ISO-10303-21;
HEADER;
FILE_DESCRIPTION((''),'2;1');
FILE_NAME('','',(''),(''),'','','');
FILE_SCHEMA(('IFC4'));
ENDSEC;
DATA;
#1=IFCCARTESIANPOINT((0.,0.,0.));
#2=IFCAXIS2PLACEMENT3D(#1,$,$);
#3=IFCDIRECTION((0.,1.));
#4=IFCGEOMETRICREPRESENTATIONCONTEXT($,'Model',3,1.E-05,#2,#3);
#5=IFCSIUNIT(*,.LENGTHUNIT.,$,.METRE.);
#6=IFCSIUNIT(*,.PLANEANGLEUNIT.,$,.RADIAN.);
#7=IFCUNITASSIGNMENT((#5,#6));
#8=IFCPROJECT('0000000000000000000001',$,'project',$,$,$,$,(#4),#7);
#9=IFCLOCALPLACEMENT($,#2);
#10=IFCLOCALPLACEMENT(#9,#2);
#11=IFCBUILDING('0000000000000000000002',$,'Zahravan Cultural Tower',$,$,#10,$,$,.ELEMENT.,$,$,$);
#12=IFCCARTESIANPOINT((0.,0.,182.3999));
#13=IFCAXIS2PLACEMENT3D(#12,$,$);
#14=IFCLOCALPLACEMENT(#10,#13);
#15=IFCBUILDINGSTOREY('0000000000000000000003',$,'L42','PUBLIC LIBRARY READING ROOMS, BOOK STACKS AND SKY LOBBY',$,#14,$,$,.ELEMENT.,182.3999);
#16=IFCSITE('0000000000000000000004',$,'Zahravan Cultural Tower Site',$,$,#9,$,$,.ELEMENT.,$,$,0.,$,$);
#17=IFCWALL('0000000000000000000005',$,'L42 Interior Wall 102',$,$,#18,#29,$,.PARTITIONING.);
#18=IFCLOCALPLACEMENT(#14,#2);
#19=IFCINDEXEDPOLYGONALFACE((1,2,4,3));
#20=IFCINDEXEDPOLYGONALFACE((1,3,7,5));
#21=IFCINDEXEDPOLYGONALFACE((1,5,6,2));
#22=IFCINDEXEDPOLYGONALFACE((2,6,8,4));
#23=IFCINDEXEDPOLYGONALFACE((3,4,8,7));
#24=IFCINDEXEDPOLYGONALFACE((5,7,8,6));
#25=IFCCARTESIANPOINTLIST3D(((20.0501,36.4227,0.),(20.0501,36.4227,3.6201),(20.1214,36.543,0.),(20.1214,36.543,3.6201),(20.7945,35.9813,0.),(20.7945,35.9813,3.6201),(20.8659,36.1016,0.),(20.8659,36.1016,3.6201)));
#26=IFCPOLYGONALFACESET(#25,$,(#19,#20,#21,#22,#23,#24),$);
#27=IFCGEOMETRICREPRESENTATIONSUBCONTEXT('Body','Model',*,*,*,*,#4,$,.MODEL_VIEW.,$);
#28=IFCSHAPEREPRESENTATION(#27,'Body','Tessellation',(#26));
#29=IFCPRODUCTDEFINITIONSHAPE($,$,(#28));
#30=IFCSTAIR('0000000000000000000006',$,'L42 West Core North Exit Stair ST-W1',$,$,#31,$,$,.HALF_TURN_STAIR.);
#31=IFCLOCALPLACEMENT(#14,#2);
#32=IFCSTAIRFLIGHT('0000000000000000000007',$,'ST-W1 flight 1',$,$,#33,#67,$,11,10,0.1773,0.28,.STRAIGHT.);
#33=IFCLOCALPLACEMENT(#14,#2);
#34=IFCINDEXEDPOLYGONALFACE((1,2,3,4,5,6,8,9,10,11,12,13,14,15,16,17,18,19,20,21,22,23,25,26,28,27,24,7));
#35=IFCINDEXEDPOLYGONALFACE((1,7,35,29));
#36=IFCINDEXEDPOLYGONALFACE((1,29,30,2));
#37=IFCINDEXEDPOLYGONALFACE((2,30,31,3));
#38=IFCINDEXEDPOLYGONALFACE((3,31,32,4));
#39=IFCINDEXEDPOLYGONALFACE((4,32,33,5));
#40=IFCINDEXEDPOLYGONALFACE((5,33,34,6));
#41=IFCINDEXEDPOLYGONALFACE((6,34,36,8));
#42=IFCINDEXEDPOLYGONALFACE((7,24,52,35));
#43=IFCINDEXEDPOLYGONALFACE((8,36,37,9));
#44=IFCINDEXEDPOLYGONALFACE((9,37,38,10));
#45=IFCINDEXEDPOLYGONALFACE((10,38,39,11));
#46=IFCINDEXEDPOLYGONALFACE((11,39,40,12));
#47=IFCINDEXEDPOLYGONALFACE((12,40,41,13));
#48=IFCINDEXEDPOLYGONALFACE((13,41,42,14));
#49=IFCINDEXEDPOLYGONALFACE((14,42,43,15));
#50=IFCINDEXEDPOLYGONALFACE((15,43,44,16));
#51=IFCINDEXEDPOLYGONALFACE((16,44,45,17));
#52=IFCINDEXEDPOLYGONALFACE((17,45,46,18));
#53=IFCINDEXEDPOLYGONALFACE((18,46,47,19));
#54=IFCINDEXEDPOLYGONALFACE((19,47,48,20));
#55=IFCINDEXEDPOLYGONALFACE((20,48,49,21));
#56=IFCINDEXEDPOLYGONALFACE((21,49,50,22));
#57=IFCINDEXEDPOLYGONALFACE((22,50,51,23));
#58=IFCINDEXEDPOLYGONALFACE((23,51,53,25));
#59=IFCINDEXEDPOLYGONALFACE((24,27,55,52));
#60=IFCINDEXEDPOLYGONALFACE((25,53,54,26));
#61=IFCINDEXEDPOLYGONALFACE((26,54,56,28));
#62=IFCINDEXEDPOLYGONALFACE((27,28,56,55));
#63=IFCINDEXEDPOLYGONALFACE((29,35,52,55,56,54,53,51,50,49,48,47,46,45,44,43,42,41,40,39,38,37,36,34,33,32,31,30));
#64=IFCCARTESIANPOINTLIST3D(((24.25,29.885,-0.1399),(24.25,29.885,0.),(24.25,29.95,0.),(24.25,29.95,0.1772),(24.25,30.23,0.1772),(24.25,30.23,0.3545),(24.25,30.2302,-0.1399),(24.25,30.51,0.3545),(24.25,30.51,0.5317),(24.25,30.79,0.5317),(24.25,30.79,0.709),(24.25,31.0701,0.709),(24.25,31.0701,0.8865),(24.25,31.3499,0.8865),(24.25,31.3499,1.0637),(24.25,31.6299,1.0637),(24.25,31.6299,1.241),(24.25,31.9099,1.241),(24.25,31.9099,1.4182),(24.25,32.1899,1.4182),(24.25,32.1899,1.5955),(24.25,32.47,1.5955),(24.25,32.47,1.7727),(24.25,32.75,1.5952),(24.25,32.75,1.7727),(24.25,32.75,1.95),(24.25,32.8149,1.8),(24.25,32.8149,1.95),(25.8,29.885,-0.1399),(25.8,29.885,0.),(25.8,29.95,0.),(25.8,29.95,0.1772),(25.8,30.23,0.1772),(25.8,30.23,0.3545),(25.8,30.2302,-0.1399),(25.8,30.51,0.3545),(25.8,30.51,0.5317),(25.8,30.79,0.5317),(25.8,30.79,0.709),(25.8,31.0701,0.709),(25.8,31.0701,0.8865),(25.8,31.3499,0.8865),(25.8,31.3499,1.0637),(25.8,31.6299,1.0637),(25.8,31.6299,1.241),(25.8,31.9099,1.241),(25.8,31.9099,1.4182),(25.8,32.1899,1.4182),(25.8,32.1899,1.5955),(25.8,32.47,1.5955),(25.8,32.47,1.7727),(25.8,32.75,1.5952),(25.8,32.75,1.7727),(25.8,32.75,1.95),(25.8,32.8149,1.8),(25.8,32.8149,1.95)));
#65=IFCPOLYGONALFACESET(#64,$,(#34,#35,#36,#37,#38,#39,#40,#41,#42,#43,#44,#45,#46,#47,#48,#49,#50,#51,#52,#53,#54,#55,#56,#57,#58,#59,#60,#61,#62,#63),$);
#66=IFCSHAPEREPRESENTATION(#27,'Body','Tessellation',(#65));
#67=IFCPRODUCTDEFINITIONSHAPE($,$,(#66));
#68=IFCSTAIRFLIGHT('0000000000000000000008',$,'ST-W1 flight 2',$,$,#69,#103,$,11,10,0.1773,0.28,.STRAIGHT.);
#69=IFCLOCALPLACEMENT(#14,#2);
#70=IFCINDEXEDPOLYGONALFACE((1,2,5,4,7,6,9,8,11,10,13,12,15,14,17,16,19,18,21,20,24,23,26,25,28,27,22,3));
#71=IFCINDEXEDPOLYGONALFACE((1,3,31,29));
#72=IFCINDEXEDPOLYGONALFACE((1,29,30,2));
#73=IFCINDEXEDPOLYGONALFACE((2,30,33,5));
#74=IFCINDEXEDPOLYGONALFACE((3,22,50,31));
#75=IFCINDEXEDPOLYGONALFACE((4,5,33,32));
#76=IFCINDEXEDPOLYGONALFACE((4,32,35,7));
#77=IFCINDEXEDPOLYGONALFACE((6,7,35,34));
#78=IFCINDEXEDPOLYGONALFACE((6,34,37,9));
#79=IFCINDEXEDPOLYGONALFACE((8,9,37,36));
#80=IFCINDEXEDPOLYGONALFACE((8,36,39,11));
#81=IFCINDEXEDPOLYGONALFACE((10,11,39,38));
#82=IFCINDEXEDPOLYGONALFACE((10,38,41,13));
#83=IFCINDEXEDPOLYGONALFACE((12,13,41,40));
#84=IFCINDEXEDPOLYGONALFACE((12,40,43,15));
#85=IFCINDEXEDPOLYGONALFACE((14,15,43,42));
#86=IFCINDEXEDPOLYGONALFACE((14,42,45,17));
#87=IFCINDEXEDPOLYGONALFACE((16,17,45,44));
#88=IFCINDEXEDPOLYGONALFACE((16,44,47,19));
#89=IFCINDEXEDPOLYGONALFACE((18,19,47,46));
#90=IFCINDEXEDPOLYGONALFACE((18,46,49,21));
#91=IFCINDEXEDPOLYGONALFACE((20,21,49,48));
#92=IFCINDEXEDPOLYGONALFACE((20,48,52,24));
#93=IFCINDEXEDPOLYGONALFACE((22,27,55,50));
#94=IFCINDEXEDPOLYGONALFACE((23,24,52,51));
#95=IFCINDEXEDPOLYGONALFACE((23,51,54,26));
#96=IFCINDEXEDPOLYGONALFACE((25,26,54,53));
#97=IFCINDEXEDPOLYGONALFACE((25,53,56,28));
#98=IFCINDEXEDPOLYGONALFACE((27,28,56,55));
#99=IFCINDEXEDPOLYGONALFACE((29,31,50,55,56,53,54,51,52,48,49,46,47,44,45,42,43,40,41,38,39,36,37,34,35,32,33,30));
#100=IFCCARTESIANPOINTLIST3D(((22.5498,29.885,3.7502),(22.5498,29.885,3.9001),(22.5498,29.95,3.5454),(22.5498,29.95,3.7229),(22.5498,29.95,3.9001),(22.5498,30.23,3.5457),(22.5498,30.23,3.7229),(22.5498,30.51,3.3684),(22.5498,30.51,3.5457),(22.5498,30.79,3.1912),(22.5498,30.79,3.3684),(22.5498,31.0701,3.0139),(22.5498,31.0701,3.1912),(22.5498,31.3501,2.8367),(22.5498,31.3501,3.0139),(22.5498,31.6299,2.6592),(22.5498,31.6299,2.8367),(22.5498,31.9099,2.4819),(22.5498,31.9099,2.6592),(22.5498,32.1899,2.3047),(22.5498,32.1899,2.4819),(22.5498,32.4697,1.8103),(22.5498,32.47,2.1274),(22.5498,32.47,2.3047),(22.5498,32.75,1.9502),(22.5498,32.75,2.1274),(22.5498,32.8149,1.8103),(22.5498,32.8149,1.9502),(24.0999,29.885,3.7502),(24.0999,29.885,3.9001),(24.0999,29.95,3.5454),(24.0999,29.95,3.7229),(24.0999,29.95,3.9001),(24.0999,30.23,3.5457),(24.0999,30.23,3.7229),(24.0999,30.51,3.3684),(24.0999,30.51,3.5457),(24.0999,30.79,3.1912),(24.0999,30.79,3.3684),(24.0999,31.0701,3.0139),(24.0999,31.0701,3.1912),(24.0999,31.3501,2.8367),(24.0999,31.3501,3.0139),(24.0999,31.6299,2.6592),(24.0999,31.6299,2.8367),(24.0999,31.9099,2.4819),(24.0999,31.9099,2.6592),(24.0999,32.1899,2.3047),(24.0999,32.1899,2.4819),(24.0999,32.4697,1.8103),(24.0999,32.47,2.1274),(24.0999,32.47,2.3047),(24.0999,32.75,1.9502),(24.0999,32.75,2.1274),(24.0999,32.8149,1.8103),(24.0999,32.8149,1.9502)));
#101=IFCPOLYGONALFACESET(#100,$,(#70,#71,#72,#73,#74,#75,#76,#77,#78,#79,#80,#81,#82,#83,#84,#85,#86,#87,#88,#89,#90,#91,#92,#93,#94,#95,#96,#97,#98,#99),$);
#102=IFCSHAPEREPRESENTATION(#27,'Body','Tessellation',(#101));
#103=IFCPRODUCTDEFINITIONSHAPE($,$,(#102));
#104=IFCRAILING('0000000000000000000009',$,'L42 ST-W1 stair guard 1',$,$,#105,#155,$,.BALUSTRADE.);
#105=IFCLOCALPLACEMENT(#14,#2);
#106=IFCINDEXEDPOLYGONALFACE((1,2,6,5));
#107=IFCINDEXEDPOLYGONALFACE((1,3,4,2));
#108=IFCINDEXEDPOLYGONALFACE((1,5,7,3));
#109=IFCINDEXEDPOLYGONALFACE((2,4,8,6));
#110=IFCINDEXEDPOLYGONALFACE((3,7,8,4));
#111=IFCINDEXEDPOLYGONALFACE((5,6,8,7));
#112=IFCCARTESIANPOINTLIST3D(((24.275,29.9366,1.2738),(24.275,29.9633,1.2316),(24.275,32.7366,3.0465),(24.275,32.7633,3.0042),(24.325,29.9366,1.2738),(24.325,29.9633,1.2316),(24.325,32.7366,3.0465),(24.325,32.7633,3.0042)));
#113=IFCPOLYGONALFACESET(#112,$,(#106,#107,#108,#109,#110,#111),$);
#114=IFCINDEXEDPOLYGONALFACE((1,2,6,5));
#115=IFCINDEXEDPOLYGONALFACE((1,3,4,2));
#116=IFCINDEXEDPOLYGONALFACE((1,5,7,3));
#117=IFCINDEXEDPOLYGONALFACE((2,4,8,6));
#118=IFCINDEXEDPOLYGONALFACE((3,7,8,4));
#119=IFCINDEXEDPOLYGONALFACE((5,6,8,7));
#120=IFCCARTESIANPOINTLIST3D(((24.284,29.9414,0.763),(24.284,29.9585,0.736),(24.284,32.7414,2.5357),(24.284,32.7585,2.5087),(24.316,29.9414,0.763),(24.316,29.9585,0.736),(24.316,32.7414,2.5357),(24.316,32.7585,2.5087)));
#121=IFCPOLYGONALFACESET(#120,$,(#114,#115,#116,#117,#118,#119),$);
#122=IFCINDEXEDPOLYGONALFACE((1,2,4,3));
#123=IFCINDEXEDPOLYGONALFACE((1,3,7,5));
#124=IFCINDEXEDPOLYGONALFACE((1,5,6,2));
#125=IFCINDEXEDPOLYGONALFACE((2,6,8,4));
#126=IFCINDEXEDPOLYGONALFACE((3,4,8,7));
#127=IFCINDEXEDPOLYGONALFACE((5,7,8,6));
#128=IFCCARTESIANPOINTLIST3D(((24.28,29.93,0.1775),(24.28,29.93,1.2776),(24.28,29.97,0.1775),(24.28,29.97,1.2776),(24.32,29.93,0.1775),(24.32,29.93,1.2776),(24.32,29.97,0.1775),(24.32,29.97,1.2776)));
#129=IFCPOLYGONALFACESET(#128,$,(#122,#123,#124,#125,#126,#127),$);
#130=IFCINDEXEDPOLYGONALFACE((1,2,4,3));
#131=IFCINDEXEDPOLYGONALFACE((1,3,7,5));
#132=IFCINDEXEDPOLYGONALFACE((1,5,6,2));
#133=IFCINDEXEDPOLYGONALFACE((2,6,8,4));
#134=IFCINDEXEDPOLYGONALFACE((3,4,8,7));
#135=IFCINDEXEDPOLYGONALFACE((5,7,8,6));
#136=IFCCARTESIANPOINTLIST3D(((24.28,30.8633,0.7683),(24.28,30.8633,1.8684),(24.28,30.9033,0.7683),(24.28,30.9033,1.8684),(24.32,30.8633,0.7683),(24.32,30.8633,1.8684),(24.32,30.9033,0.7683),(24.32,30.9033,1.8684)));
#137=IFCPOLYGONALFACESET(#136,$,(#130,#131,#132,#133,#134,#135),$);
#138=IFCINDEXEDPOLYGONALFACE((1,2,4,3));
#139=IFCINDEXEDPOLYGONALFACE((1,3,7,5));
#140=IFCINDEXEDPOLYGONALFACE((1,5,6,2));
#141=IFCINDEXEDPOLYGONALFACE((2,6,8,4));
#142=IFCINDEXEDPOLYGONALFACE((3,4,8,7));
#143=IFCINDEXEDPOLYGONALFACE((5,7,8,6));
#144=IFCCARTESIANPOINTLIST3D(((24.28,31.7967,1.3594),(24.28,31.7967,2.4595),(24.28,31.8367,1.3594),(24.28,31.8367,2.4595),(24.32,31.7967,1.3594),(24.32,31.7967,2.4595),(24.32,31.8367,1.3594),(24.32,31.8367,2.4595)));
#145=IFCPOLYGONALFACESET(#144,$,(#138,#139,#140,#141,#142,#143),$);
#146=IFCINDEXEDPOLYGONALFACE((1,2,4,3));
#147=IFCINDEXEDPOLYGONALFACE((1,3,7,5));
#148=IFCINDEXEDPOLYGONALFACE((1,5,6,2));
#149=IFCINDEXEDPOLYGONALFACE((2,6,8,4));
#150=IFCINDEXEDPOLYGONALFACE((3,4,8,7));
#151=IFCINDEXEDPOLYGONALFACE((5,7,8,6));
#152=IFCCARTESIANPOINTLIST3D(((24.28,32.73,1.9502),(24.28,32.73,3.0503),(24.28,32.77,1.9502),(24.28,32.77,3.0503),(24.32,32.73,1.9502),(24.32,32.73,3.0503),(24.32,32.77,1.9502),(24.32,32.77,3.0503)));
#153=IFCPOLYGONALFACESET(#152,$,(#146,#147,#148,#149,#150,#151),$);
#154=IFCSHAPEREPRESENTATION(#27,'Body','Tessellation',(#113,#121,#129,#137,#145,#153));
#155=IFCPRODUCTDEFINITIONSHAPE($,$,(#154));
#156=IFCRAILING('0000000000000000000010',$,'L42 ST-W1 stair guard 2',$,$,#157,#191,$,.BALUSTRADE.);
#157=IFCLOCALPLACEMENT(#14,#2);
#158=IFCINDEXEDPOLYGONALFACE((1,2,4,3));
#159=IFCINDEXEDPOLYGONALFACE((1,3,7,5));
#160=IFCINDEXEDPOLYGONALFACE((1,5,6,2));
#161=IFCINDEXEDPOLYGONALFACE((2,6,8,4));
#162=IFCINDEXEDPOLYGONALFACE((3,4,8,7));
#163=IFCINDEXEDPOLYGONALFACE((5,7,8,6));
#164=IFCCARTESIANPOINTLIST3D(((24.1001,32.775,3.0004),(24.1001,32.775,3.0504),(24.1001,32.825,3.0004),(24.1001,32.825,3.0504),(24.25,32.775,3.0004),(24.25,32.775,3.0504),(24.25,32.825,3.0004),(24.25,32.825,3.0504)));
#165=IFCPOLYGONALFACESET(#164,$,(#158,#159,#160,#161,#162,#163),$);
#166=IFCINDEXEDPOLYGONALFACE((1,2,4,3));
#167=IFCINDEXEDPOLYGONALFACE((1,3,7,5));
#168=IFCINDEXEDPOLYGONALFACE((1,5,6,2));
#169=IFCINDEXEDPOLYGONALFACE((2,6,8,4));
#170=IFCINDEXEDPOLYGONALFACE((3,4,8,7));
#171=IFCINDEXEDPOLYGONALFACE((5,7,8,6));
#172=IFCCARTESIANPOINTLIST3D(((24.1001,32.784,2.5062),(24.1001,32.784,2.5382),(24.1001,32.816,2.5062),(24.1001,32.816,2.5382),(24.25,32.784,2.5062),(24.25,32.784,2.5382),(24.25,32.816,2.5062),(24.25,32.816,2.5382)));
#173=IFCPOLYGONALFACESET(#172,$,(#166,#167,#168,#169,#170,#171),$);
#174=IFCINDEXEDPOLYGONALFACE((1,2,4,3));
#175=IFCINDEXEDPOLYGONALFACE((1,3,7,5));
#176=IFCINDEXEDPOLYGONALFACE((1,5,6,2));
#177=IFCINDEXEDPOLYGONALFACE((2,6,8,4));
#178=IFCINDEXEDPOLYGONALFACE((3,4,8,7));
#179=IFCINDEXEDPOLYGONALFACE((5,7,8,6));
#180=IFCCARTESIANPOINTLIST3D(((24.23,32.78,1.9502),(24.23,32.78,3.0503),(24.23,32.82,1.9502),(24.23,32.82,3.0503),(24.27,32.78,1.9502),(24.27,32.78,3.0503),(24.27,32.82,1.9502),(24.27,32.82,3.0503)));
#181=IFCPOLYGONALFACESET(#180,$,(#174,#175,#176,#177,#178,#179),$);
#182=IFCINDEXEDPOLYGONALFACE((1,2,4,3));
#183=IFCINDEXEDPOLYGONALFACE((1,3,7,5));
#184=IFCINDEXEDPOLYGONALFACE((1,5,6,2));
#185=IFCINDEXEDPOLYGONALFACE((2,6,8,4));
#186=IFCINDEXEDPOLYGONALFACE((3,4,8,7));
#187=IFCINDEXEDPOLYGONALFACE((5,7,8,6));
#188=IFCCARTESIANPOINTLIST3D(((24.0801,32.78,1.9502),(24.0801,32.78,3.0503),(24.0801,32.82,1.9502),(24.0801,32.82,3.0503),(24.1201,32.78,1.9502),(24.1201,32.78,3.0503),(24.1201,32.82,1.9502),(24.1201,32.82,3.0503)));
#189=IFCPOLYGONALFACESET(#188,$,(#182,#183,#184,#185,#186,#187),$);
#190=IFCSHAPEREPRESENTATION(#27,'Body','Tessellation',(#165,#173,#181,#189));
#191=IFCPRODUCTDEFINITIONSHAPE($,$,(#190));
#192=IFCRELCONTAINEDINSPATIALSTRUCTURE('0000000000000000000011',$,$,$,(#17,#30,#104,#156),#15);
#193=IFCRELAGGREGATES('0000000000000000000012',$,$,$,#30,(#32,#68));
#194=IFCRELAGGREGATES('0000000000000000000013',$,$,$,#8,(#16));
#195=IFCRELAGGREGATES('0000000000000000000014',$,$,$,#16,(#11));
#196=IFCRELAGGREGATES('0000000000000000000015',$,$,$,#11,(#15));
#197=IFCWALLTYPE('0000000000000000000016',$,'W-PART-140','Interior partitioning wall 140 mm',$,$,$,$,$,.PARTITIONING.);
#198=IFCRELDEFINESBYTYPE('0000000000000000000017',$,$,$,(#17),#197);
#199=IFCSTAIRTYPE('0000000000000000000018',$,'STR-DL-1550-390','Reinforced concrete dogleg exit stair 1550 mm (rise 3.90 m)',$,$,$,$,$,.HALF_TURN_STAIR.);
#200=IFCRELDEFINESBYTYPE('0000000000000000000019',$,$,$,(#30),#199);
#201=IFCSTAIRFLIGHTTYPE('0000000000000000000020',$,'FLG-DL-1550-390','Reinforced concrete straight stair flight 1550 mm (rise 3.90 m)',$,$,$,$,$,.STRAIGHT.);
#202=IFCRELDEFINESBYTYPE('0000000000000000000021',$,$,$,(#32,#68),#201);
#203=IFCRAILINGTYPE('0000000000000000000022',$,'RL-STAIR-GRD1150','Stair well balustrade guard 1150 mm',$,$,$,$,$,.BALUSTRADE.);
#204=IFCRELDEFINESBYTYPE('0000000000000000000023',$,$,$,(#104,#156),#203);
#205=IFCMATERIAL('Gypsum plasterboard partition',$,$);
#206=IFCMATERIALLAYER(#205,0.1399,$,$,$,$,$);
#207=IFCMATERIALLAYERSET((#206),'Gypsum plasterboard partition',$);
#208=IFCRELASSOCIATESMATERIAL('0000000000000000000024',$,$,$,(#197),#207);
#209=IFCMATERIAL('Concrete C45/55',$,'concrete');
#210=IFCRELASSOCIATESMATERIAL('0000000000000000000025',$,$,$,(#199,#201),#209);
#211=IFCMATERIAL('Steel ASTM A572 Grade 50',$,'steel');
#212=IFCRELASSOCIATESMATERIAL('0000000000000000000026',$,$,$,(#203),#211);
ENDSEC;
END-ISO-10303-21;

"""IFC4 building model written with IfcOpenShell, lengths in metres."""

from ifc_helpers import new_model, si_unit, direction, frame, frame_2d, origin, origin_2d, place, context, subcontext, project, spatial, polyline, rectangle, outline, extrude, source, transform, mapped, material, layer, layer_set, type_object, element, aggregate, save


model = new_model("IFC4")

# Units and contexts
model_context = context("Model", 3, precision=1e-05, world=origin(), true_north=direction((0.0, 1.0)))
body_context = subcontext(model_context, "Body", "Model", "MODEL_VIEW")
ifc_project = project(units=[si_unit("LENGTHUNIT", "METRE"), si_unit("PLANEANGLEUNIT", "RADIAN")], contexts=[model_context])

# Site, building, storey
site_placement = place(None, origin())
site = spatial("IfcSite", under=ifc_project, at=site_placement, Name="Zahravan Cultural Tower Site", CompositionType="ELEMENT", RefElevation=0.0)
building_placement = place(site_placement, origin())
building = spatial("IfcBuilding", under=site, at=building_placement, Name="Zahravan Cultural Tower", CompositionType="ELEMENT")
storey_placement = place(building_placement, frame((0.0, 0.0, 182.3999)))
storey = spatial("IfcBuildingStorey", under=building, at=storey_placement, Name="L42", Description="PUBLIC LIBRARY READING ROOMS, BOOK STACKS AND SKY LOBBY", CompositionType="ELEMENT", Elevation=182.3999)

# Wall
ifc_material_1 = material(Name="Concrete C45/55", Category="concrete")
ifc_material_2 = material(Name="Gypsum plasterboard partition")
ifc_layer_1 = layer(ifc_material_2, 0.1399)
ifc_layer_set_1 = layer_set([ifc_layer_1], Name="Gypsum plasterboard partition")
wall_type_1 = type_object("IfcWallType", Name="W-PART-140", Description="Interior partitioning wall 140 mm", PredefinedType="PARTITIONING", material=ifc_layer_set_1)
shared_shape_1 = source(origin(), body_context, "Body", "SweptSolid", [
    extrude(rectangle(XDim=0.8655, YDim=0.1399, at=frame_2d((0.4326, 0.0))), origin(), (0.0, 0.0, 1.0), 3.6201),
])
wall_1_placement = place(storey_placement, frame((20.8301, 36.0415, 0.0), z_axis=(0.0, 0.0, 1.0), x_axis=(-0.860145, 0.51005, 0.0)))
element("IfcWall", 1, at=wall_1_placement, inside=storey, type_object=wall_type_1, Name="L42 Interior Wall 102", PredefinedType="PARTITIONING", context=body_context, shape_type="MappedRepresentation", body=[
    mapped(shared_shape_1, transform((0.0, 0.0, 0.0), x_axis=(1.0, 0.0, 0.0), y_axis=(0.0, 1.0, 0.0), z_axis=(0.0, 0.0, 1.0), scale=1.0)),
])

# Stair, stair flights
stair_type = type_object("IfcStairType", Name="STR-DL-1550-390", Description="Reinforced concrete dogleg exit stair 1550 mm (rise 3.90 m)", PredefinedType="HALF_TURN_STAIR", material=ifc_material_1)
stair_placement = place(storey_placement, origin())
stair = element("IfcStair", 2, at=stair_placement, inside=storey, type_object=stair_type, Name="L42 West Core North Exit Stair ST-W1", PredefinedType="HALF_TURN_STAIR")
stair_flight_type = type_object("IfcStairFlightType", Name="FLG-DL-1550-390", Description="Reinforced concrete straight stair flight 1550 mm (rise 3.90 m)", PredefinedType="STRAIGHT", material=ifc_material_1)
stair_flight_1_placement = place(storey_placement, frame((25.0249, 29.95, 0.0), z_axis=(0.0, 0.0, 1.0), x_axis=(0.0, 1.0, 0.0)))
stair_flight_1 = element("IfcStairFlight", 3, at=stair_flight_1_placement, type_object=stair_flight_type, Name="ST-W1 flight 1", NumberOfRisers=11, NumberOfTreads=10, PredefinedType="STRAIGHT", RiserHeight=0.1773, TreadLength=0.28, context=body_context, shape_type="SweptSolid", body=[
    extrude(outline(polyline([(-0.0649, -0.1399), (-0.0649, 0.0), (0.0, 0.0), (0.0, 0.1772), (0.28, 0.1772), (0.28, 0.3545), (0.5601, 0.3545), (0.5601, 0.5317), (0.8401, 0.5317), (0.8401, 0.709), (1.1201, 0.709), (1.1201, 0.8865), (1.3999, 0.8865), (1.3999, 1.0637), (1.6799, 1.0637), (1.6799, 1.241), (1.96, 1.241), (1.96, 1.4182), (2.24, 1.4182), (2.24, 1.5955), (2.52, 1.5955), (2.52, 1.7727), (2.8, 1.7727), (2.8, 1.95), (2.865, 1.95), (2.865, 1.8), (2.8, 1.5952), (0.2803, -0.1399), (-0.0649, -0.1399)])), frame((0.0, 0.7749, 0.0), z_axis=(0.0, -1.0, 0.0), x_axis=(1.0, 0.0, 0.0)), (0.0, 0.0, 1.0), 1.55),
])
stair_flight_2_placement = place(storey_placement, frame((23.325, 32.75, 1.9502), z_axis=(0.0, 0.0, 1.0), x_axis=(0.0, -1.0, 0.0)))
stair_flight_2 = element("IfcStairFlight", 4, at=stair_flight_2_placement, type_object=stair_flight_type, Name="ST-W1 flight 2", NumberOfRisers=11, NumberOfTreads=10, PredefinedType="STRAIGHT", RiserHeight=0.1773, TreadLength=0.28, context=body_context, shape_type="SweptSolid", body=[
    extrude(outline(polyline([(-0.0649, -0.1399), (-0.0649, 0.0), (0.0, 0.0), (0.0, 0.1772), (0.28, 0.1772), (0.28, 0.3545), (0.5601, 0.3545), (0.5601, 0.5317), (0.8401, 0.5317), (0.8401, 0.709), (1.1201, 0.709), (1.1201, 0.8865), (1.3999, 0.8865), (1.3999, 1.0637), (1.6799, 1.0637), (1.6799, 1.241), (1.96, 1.241), (1.96, 1.4182), (2.24, 1.4182), (2.24, 1.5955), (2.52, 1.5955), (2.52, 1.7727), (2.8, 1.7727), (2.8, 1.95), (2.865, 1.95), (2.865, 1.8), (2.8, 1.5952), (0.2803, -0.1399), (-0.0649, -0.1399)])), frame((0.0, 0.7749, 0.0), z_axis=(0.0, -1.0, 0.0), x_axis=(1.0, 0.0, 0.0)), (0.0, 0.0, 1.0), 1.55),
])
aggregate(stair, [stair_flight_1, stair_flight_2])

# Railings
ifc_material_3 = material(Name="Steel ASTM A572 Grade 50", Category="steel")
railing_type_1 = type_object("IfcRailingType", Name="RL-STAIR-GRD1150", Description="Stair well balustrade guard 1150 mm", PredefinedType="BALUSTRADE", material=ifc_material_3)
railing_1_placement = place(storey_placement, frame((24.3, 29.95, 0.1775)))
element("IfcRailing", 5, at=railing_1_placement, inside=storey, type_object=railing_type_1, Name="L42 ST-W1 stair guard 1", PredefinedType="BALUSTRADE", context=body_context, shape_type="SweptSolid", body=[
    extrude(rectangle(XDim=0.05, YDim=0.05, at=origin_2d()), frame((0.0, 0.0, 1.0752), z_axis=(0.0, 0.844909, 0.53491), x_axis=(-1.0, 0.0, 0.0)), (0.0, 0.0, 1.0), 3.314),
    extrude(rectangle(XDim=0.032, YDim=0.032, at=origin_2d()), frame((0.0, 0.0, 0.572), z_axis=(0.0, 0.844909, 0.53491), x_axis=(-1.0, 0.0, 0.0)), (0.0, 0.0, 1.0), 3.314),
    extrude(rectangle(XDim=0.04, YDim=0.04, at=origin_2d()), origin(), (0.0, 0.0, 1.0), 1.1001),
    extrude(rectangle(XDim=0.04, YDim=0.04, at=origin_2d()), frame((0.0, 0.9333, 0.5908)), (0.0, 0.0, 1.0), 1.1001),
    extrude(rectangle(XDim=0.04, YDim=0.04, at=origin_2d()), frame((0.0, 1.8667, 1.1819)), (0.0, 0.0, 1.0), 1.1001),
    extrude(rectangle(XDim=0.04, YDim=0.04, at=origin_2d()), frame((0.0, 2.8, 1.7727)), (0.0, 0.0, 1.0), 1.1001),
])
railing_2_placement = place(storey_placement, frame((24.25, 32.8, 1.9502)))
element("IfcRailing", 6, at=railing_2_placement, inside=storey, type_object=railing_type_1, Name="L42 ST-W1 stair guard 2", PredefinedType="BALUSTRADE", context=body_context, shape_type="SweptSolid", body=[
    extrude(rectangle(XDim=0.05, YDim=0.05, at=origin_2d()), frame((0.0, 0.0, 1.0752), z_axis=(-1.0, 0.0, 0.0), x_axis=(0.0, -1.0, 0.0)), (0.0, 0.0, 1.0), 0.1499),
    extrude(rectangle(XDim=0.032, YDim=0.032, at=origin_2d()), frame((0.0, 0.0, 0.572), z_axis=(-1.0, 0.0, 0.0), x_axis=(0.0, -1.0, 0.0)), (0.0, 0.0, 1.0), 0.1499),
    extrude(rectangle(XDim=0.04, YDim=0.04, at=origin_2d()), origin(), (0.0, 0.0, 1.0), 1.1001),
    extrude(rectangle(XDim=0.04, YDim=0.04, at=origin_2d()), frame((-0.1499, 0.0, 0.0)), (0.0, 0.0, 1.0), 1.1001),
])

save(model, "model.ifc")
